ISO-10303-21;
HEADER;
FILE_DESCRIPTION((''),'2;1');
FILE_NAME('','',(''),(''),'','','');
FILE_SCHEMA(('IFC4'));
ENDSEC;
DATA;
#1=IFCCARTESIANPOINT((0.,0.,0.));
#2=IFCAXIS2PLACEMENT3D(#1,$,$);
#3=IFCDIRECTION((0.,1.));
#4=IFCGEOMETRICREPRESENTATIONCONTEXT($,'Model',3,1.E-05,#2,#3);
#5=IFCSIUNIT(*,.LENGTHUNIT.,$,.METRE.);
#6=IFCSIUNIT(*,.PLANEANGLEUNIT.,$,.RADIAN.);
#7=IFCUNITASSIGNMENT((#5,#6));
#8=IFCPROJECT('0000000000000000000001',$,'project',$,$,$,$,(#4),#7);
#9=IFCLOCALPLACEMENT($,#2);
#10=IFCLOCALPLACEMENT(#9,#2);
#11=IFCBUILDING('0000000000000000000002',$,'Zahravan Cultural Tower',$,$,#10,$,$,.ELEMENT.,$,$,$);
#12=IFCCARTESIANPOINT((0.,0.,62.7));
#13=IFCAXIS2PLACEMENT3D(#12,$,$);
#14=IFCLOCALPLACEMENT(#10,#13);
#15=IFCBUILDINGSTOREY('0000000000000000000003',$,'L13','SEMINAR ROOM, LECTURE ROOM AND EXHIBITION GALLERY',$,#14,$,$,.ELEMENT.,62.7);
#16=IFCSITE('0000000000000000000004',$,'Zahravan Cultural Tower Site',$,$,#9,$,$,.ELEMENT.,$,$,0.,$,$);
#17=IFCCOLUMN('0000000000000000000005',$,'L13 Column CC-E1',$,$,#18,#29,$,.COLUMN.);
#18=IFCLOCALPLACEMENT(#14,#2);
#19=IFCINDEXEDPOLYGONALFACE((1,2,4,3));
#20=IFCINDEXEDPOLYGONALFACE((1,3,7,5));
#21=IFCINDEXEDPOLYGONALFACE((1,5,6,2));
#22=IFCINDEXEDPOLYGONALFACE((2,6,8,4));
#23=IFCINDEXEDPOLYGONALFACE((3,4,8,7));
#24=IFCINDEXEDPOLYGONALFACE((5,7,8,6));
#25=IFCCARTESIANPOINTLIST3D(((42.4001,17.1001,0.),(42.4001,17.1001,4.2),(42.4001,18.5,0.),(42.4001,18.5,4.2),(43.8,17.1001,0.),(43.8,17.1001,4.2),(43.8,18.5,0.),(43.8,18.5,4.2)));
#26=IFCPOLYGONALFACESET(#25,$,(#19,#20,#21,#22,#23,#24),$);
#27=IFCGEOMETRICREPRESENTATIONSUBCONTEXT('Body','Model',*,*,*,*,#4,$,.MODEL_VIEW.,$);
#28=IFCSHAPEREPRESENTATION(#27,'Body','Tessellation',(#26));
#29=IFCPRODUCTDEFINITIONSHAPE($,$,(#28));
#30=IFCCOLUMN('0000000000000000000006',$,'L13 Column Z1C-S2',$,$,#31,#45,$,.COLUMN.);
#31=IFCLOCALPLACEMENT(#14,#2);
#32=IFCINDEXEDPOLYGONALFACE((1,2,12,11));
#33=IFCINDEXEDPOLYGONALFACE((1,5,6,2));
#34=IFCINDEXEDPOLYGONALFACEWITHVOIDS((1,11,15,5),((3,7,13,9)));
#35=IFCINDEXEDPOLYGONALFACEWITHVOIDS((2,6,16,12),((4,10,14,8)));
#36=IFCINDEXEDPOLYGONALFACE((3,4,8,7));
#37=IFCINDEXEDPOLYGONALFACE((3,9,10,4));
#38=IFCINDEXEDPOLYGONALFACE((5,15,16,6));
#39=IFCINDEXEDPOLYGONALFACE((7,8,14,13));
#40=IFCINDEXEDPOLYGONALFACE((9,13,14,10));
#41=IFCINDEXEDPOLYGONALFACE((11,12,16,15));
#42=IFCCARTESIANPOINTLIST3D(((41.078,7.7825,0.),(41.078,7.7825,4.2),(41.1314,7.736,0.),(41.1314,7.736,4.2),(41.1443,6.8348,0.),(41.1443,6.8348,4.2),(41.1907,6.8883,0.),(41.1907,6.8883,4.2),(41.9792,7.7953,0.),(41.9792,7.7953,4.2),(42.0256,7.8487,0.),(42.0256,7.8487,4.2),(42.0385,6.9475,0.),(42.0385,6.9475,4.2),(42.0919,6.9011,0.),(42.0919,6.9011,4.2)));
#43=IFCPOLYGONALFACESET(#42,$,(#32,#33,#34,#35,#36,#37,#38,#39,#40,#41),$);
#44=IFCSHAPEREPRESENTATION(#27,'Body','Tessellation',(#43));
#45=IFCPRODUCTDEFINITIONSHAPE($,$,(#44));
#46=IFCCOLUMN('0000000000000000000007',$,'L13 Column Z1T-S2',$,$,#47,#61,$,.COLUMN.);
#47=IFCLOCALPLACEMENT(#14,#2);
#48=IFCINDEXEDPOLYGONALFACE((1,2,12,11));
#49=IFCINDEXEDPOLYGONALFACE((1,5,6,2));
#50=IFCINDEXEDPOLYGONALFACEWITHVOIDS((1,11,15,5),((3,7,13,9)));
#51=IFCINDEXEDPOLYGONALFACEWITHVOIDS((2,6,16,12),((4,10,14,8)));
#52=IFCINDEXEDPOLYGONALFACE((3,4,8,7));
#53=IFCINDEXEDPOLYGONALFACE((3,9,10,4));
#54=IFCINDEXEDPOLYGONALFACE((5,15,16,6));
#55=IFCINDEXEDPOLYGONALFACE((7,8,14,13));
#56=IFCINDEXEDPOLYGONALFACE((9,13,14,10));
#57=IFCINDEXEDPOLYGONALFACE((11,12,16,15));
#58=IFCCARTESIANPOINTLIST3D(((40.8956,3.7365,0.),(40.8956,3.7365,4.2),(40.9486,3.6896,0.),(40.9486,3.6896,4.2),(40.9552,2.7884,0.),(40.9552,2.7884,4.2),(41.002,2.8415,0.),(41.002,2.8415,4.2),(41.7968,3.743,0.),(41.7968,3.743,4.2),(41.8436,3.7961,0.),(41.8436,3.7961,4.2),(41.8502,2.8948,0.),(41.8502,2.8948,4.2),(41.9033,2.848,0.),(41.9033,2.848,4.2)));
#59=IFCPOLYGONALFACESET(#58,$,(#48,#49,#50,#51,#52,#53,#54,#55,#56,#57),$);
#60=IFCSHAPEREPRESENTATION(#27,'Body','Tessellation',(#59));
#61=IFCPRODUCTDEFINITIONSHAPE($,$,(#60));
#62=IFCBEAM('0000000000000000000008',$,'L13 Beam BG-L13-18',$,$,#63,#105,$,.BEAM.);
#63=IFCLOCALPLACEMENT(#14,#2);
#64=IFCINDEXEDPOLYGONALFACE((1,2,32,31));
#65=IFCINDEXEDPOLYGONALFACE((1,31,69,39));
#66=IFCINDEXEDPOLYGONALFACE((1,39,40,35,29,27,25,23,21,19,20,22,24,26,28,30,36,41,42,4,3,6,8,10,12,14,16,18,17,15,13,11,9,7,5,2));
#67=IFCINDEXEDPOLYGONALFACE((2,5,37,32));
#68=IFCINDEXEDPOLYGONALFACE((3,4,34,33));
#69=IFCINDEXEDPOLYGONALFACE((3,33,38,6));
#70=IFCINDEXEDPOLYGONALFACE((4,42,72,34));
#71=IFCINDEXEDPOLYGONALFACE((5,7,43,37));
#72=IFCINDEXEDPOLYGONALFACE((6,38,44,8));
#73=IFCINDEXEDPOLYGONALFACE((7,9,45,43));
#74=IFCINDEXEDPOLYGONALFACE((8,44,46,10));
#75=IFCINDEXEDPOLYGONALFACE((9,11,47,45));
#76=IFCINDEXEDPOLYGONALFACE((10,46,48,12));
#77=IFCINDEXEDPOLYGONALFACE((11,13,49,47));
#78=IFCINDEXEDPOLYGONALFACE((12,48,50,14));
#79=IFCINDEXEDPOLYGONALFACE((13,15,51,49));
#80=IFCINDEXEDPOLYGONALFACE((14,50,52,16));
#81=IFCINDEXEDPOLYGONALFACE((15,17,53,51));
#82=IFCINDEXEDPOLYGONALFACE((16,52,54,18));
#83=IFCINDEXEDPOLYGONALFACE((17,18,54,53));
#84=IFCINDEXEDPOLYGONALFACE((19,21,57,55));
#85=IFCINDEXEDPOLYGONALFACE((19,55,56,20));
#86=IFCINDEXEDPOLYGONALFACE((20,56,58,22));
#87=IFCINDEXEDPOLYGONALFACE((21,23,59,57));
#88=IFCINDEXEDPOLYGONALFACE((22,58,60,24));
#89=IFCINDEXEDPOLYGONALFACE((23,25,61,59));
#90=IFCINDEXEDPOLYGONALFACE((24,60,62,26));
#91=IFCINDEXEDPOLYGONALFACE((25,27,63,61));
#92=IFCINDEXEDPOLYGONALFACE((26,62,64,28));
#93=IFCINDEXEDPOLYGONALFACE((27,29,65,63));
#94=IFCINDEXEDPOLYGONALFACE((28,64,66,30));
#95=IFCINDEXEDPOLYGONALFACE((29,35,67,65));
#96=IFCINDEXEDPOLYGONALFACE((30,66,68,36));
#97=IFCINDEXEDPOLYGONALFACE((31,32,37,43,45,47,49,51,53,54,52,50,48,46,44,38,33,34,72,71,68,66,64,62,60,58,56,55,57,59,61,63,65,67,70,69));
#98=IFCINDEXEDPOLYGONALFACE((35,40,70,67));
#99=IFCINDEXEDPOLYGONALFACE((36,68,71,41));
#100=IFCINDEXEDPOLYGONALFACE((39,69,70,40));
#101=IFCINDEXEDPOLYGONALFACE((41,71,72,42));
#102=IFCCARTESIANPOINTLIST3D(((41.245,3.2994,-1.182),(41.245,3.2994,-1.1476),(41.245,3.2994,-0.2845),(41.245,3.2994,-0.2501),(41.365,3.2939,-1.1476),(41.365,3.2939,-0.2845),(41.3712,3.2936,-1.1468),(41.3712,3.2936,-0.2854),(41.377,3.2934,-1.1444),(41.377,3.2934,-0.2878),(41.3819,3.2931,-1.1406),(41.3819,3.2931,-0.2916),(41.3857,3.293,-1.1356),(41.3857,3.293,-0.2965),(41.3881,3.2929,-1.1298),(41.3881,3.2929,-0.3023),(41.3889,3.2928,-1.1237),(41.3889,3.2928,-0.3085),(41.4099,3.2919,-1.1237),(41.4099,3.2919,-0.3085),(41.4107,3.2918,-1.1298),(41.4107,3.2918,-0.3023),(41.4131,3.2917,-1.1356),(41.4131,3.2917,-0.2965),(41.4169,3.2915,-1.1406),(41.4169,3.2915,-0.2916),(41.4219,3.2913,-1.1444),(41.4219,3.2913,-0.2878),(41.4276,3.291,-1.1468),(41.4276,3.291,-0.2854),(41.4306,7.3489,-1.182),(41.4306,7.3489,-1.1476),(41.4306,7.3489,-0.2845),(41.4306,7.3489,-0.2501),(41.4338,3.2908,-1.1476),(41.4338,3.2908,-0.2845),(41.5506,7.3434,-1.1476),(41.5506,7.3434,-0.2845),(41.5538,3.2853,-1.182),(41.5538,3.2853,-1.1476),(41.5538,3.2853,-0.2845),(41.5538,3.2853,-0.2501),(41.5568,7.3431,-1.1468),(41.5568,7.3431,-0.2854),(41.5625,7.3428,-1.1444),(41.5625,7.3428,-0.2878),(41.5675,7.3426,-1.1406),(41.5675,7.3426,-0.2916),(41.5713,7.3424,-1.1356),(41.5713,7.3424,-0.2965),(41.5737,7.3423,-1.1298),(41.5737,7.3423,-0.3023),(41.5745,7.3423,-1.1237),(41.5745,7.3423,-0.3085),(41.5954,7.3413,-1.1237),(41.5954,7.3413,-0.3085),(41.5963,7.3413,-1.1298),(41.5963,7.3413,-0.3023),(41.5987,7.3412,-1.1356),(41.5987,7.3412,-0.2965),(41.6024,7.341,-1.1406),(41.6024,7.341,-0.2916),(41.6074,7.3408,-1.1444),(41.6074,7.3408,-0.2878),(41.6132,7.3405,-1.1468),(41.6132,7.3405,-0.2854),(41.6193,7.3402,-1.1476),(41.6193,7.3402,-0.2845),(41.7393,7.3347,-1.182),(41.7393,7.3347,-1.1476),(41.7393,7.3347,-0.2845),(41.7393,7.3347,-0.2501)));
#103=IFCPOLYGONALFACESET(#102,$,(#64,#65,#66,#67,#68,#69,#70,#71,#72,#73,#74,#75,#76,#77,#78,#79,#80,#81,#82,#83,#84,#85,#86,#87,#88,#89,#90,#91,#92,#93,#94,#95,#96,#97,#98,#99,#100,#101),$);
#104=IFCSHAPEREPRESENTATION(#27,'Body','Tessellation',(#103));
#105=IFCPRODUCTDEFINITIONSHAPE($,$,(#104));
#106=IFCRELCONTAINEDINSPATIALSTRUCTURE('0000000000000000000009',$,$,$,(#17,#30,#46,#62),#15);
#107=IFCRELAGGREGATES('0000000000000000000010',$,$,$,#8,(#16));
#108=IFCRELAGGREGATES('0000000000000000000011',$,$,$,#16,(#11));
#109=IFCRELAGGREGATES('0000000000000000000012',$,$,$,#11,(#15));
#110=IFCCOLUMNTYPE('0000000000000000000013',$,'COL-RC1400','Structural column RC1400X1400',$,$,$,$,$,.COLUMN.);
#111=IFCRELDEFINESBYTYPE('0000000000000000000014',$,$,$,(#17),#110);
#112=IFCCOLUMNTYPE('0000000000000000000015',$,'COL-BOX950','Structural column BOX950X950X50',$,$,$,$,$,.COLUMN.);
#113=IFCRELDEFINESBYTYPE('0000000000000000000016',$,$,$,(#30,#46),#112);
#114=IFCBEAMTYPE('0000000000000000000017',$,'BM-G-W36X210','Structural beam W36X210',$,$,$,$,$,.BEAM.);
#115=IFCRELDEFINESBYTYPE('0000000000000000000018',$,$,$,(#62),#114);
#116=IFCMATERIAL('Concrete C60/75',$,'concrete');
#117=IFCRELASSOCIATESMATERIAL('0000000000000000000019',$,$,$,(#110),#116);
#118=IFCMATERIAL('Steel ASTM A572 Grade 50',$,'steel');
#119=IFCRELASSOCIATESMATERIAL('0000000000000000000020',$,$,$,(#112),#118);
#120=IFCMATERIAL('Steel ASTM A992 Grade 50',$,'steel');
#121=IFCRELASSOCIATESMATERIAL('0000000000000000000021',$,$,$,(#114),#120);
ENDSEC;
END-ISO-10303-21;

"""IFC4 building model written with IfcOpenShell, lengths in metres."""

from ifc_helpers import new_model, si_unit, direction, frame, origin, origin_2d, place, context, subcontext, project, spatial, rectangle, hollow_rectangle, i_section, extrude, source, transform, mapped, material, material_profile, profile_set, type_object, element, save


model = new_model("IFC4")

# Units and contexts
model_context = context("Model", 3, precision=1e-05, world=origin(), true_north=direction((0.0, 1.0)))
body_context = subcontext(model_context, "Body", "Model", "MODEL_VIEW")
ifc_project = project(units=[si_unit("LENGTHUNIT", "METRE"), si_unit("PLANEANGLEUNIT", "RADIAN")], contexts=[model_context])

# Site, building, storey
site_placement = place(None, origin())
site = spatial("IfcSite", under=ifc_project, at=site_placement, Name="Zahravan Cultural Tower Site", CompositionType="ELEMENT", RefElevation=0.0)
building_placement = place(site_placement, origin())
building = spatial("IfcBuilding", under=site, at=building_placement, Name="Zahravan Cultural Tower", CompositionType="ELEMENT")
storey_placement = place(building_placement, frame((0.0, 0.0, 62.7)))
storey = spatial("IfcBuildingStorey", under=building, at=storey_placement, Name="L13", Description="SEMINAR ROOM, LECTURE ROOM AND EXHIBITION GALLERY", CompositionType="ELEMENT", Elevation=62.7)

# Columns
ifc_material_1 = material(Name="Concrete C60/75", Category="concrete")
ifc_material_profile_1 = material_profile(ifc_material_1, rectangle(XDim=1.3999, YDim=1.3999, at=origin_2d()), Name="RC1400X1400")
ifc_profile_set_1 = profile_set([ifc_material_profile_1], Name="Concrete C60/75")
column_type_1 = type_object("IfcColumnType", Name="COL-RC1400", Description="Structural column RC1400X1400", PredefinedType="COLUMN", material=ifc_profile_set_1)
shared_shape_1 = source(origin(), body_context, "Body", "SweptSolid", [
    extrude(rectangle(XDim=1.3999, YDim=1.3999, at=origin_2d()), origin(), (0.0, 0.0, 1.0), 4.2),
])
column_placement = place(storey_placement, frame((43.1001, 17.8, 0.0), z_axis=(0.0, 0.0, 1.0), x_axis=(1.0, 0.0, 0.0)))
element("IfcColumn", 1, at=column_placement, inside=storey, type_object=column_type_1, Name="L13 Column CC-E1", PredefinedType="COLUMN", context=body_context, shape_type="MappedRepresentation", body=[
    mapped(shared_shape_1, transform((0.0, 0.0, 0.0), x_axis=(1.0, 0.0, 0.0), y_axis=(0.0, 1.0, 0.0), z_axis=(0.0, 0.0, 1.0), scale=1.0)),
])
ifc_material_2 = material(Name="Steel ASTM A572 Grade 50", Category="steel")
ifc_material_profile_2 = material_profile(ifc_material_2, hollow_rectangle(XDim=0.95, YDim=0.95, WallThickness=0.05, at=origin_2d()), Name="BOX950X950X50")
ifc_profile_set_2 = profile_set([ifc_material_profile_2], Name="Steel ASTM A572 Grade 50")
column_type_2 = type_object("IfcColumnType", Name="COL-BOX950", Description="Structural column BOX950X950X50", PredefinedType="COLUMN", material=ifc_profile_set_2)
shared_shape_2 = source(origin(), body_context, "Body", "SweptSolid", [
    extrude(hollow_rectangle(XDim=0.95, YDim=0.95, WallThickness=0.05, at=origin_2d()), origin(), (0.0, 0.0, 1.0), 4.2),
])
for number, where, z_axis, x_axis, name in (
    (2, (41.585, 7.3418, 0.0), (0.0, 0.0, 1.0), (-0.069756, 0.997564, 0.0), "L13 Column Z1C-S2"),
    (3, (41.3994, 3.2922, 0.0), (0.0, 0.0, 1.0), (-0.062791, 0.998027, 0.0), "L13 Column Z1T-S2"),
):
    element("IfcColumn", number, at=place(storey_placement, frame(where, z_axis=z_axis, x_axis=x_axis)), inside=storey, type_object=column_type_2, Name=name, PredefinedType="COLUMN", context=body_context, shape_type="MappedRepresentation", body=[
        mapped(shared_shape_2, transform((0.0, 0.0, 0.0), x_axis=(1.0, 0.0, 0.0), y_axis=(0.0, 1.0, 0.0), z_axis=(0.0, 0.0, 1.0), scale=1.0)),
    ])

# Beam
ifc_material_3 = material(Name="Steel ASTM A992 Grade 50", Category="steel")
ifc_material_profile_3 = material_profile(ifc_material_3, i_section(OverallWidth=0.3091, OverallDepth=0.9319, WebThickness=0.021, FlangeThickness=0.0344, FilletRadius=0.0239, at=origin_2d()), Name="W36X210")
ifc_profile_set_3 = profile_set([ifc_material_profile_3], Name="Steel ASTM A992 Grade 50")
beam_type = type_object("IfcBeamType", Name="BM-G-W36X210", Description="Structural beam W36X210", PredefinedType="BEAM", material=ifc_profile_set_3)
shared_shape_3 = source(origin(), body_context, "Body", "SweptSolid", [
    extrude(i_section(OverallWidth=0.3091, OverallDepth=0.9319, WebThickness=0.021, FlangeThickness=0.0344, FilletRadius=0.0239, at=origin_2d()), origin(), (0.0, 0.0, 1.0), 4.0537),
])
beam_placement = place(storey_placement, frame((41.585, 7.3418, -0.7161), z_axis=(-0.045771, -0.998952, 0.0), x_axis=(0.998952, -0.045771, 0.0)))
element("IfcBeam", 4, at=beam_placement, inside=storey, type_object=beam_type, Name="L13 Beam BG-L13-18", PredefinedType="BEAM", context=body_context, shape_type="MappedRepresentation", body=[
    mapped(shared_shape_3, transform((0.0, 0.0, 0.0), x_axis=(1.0, 0.0, 0.0), y_axis=(0.0, 1.0, 0.0), z_axis=(0.0, 0.0, 1.0), scale=1.0)),
])

save(model, "model.ifc")
